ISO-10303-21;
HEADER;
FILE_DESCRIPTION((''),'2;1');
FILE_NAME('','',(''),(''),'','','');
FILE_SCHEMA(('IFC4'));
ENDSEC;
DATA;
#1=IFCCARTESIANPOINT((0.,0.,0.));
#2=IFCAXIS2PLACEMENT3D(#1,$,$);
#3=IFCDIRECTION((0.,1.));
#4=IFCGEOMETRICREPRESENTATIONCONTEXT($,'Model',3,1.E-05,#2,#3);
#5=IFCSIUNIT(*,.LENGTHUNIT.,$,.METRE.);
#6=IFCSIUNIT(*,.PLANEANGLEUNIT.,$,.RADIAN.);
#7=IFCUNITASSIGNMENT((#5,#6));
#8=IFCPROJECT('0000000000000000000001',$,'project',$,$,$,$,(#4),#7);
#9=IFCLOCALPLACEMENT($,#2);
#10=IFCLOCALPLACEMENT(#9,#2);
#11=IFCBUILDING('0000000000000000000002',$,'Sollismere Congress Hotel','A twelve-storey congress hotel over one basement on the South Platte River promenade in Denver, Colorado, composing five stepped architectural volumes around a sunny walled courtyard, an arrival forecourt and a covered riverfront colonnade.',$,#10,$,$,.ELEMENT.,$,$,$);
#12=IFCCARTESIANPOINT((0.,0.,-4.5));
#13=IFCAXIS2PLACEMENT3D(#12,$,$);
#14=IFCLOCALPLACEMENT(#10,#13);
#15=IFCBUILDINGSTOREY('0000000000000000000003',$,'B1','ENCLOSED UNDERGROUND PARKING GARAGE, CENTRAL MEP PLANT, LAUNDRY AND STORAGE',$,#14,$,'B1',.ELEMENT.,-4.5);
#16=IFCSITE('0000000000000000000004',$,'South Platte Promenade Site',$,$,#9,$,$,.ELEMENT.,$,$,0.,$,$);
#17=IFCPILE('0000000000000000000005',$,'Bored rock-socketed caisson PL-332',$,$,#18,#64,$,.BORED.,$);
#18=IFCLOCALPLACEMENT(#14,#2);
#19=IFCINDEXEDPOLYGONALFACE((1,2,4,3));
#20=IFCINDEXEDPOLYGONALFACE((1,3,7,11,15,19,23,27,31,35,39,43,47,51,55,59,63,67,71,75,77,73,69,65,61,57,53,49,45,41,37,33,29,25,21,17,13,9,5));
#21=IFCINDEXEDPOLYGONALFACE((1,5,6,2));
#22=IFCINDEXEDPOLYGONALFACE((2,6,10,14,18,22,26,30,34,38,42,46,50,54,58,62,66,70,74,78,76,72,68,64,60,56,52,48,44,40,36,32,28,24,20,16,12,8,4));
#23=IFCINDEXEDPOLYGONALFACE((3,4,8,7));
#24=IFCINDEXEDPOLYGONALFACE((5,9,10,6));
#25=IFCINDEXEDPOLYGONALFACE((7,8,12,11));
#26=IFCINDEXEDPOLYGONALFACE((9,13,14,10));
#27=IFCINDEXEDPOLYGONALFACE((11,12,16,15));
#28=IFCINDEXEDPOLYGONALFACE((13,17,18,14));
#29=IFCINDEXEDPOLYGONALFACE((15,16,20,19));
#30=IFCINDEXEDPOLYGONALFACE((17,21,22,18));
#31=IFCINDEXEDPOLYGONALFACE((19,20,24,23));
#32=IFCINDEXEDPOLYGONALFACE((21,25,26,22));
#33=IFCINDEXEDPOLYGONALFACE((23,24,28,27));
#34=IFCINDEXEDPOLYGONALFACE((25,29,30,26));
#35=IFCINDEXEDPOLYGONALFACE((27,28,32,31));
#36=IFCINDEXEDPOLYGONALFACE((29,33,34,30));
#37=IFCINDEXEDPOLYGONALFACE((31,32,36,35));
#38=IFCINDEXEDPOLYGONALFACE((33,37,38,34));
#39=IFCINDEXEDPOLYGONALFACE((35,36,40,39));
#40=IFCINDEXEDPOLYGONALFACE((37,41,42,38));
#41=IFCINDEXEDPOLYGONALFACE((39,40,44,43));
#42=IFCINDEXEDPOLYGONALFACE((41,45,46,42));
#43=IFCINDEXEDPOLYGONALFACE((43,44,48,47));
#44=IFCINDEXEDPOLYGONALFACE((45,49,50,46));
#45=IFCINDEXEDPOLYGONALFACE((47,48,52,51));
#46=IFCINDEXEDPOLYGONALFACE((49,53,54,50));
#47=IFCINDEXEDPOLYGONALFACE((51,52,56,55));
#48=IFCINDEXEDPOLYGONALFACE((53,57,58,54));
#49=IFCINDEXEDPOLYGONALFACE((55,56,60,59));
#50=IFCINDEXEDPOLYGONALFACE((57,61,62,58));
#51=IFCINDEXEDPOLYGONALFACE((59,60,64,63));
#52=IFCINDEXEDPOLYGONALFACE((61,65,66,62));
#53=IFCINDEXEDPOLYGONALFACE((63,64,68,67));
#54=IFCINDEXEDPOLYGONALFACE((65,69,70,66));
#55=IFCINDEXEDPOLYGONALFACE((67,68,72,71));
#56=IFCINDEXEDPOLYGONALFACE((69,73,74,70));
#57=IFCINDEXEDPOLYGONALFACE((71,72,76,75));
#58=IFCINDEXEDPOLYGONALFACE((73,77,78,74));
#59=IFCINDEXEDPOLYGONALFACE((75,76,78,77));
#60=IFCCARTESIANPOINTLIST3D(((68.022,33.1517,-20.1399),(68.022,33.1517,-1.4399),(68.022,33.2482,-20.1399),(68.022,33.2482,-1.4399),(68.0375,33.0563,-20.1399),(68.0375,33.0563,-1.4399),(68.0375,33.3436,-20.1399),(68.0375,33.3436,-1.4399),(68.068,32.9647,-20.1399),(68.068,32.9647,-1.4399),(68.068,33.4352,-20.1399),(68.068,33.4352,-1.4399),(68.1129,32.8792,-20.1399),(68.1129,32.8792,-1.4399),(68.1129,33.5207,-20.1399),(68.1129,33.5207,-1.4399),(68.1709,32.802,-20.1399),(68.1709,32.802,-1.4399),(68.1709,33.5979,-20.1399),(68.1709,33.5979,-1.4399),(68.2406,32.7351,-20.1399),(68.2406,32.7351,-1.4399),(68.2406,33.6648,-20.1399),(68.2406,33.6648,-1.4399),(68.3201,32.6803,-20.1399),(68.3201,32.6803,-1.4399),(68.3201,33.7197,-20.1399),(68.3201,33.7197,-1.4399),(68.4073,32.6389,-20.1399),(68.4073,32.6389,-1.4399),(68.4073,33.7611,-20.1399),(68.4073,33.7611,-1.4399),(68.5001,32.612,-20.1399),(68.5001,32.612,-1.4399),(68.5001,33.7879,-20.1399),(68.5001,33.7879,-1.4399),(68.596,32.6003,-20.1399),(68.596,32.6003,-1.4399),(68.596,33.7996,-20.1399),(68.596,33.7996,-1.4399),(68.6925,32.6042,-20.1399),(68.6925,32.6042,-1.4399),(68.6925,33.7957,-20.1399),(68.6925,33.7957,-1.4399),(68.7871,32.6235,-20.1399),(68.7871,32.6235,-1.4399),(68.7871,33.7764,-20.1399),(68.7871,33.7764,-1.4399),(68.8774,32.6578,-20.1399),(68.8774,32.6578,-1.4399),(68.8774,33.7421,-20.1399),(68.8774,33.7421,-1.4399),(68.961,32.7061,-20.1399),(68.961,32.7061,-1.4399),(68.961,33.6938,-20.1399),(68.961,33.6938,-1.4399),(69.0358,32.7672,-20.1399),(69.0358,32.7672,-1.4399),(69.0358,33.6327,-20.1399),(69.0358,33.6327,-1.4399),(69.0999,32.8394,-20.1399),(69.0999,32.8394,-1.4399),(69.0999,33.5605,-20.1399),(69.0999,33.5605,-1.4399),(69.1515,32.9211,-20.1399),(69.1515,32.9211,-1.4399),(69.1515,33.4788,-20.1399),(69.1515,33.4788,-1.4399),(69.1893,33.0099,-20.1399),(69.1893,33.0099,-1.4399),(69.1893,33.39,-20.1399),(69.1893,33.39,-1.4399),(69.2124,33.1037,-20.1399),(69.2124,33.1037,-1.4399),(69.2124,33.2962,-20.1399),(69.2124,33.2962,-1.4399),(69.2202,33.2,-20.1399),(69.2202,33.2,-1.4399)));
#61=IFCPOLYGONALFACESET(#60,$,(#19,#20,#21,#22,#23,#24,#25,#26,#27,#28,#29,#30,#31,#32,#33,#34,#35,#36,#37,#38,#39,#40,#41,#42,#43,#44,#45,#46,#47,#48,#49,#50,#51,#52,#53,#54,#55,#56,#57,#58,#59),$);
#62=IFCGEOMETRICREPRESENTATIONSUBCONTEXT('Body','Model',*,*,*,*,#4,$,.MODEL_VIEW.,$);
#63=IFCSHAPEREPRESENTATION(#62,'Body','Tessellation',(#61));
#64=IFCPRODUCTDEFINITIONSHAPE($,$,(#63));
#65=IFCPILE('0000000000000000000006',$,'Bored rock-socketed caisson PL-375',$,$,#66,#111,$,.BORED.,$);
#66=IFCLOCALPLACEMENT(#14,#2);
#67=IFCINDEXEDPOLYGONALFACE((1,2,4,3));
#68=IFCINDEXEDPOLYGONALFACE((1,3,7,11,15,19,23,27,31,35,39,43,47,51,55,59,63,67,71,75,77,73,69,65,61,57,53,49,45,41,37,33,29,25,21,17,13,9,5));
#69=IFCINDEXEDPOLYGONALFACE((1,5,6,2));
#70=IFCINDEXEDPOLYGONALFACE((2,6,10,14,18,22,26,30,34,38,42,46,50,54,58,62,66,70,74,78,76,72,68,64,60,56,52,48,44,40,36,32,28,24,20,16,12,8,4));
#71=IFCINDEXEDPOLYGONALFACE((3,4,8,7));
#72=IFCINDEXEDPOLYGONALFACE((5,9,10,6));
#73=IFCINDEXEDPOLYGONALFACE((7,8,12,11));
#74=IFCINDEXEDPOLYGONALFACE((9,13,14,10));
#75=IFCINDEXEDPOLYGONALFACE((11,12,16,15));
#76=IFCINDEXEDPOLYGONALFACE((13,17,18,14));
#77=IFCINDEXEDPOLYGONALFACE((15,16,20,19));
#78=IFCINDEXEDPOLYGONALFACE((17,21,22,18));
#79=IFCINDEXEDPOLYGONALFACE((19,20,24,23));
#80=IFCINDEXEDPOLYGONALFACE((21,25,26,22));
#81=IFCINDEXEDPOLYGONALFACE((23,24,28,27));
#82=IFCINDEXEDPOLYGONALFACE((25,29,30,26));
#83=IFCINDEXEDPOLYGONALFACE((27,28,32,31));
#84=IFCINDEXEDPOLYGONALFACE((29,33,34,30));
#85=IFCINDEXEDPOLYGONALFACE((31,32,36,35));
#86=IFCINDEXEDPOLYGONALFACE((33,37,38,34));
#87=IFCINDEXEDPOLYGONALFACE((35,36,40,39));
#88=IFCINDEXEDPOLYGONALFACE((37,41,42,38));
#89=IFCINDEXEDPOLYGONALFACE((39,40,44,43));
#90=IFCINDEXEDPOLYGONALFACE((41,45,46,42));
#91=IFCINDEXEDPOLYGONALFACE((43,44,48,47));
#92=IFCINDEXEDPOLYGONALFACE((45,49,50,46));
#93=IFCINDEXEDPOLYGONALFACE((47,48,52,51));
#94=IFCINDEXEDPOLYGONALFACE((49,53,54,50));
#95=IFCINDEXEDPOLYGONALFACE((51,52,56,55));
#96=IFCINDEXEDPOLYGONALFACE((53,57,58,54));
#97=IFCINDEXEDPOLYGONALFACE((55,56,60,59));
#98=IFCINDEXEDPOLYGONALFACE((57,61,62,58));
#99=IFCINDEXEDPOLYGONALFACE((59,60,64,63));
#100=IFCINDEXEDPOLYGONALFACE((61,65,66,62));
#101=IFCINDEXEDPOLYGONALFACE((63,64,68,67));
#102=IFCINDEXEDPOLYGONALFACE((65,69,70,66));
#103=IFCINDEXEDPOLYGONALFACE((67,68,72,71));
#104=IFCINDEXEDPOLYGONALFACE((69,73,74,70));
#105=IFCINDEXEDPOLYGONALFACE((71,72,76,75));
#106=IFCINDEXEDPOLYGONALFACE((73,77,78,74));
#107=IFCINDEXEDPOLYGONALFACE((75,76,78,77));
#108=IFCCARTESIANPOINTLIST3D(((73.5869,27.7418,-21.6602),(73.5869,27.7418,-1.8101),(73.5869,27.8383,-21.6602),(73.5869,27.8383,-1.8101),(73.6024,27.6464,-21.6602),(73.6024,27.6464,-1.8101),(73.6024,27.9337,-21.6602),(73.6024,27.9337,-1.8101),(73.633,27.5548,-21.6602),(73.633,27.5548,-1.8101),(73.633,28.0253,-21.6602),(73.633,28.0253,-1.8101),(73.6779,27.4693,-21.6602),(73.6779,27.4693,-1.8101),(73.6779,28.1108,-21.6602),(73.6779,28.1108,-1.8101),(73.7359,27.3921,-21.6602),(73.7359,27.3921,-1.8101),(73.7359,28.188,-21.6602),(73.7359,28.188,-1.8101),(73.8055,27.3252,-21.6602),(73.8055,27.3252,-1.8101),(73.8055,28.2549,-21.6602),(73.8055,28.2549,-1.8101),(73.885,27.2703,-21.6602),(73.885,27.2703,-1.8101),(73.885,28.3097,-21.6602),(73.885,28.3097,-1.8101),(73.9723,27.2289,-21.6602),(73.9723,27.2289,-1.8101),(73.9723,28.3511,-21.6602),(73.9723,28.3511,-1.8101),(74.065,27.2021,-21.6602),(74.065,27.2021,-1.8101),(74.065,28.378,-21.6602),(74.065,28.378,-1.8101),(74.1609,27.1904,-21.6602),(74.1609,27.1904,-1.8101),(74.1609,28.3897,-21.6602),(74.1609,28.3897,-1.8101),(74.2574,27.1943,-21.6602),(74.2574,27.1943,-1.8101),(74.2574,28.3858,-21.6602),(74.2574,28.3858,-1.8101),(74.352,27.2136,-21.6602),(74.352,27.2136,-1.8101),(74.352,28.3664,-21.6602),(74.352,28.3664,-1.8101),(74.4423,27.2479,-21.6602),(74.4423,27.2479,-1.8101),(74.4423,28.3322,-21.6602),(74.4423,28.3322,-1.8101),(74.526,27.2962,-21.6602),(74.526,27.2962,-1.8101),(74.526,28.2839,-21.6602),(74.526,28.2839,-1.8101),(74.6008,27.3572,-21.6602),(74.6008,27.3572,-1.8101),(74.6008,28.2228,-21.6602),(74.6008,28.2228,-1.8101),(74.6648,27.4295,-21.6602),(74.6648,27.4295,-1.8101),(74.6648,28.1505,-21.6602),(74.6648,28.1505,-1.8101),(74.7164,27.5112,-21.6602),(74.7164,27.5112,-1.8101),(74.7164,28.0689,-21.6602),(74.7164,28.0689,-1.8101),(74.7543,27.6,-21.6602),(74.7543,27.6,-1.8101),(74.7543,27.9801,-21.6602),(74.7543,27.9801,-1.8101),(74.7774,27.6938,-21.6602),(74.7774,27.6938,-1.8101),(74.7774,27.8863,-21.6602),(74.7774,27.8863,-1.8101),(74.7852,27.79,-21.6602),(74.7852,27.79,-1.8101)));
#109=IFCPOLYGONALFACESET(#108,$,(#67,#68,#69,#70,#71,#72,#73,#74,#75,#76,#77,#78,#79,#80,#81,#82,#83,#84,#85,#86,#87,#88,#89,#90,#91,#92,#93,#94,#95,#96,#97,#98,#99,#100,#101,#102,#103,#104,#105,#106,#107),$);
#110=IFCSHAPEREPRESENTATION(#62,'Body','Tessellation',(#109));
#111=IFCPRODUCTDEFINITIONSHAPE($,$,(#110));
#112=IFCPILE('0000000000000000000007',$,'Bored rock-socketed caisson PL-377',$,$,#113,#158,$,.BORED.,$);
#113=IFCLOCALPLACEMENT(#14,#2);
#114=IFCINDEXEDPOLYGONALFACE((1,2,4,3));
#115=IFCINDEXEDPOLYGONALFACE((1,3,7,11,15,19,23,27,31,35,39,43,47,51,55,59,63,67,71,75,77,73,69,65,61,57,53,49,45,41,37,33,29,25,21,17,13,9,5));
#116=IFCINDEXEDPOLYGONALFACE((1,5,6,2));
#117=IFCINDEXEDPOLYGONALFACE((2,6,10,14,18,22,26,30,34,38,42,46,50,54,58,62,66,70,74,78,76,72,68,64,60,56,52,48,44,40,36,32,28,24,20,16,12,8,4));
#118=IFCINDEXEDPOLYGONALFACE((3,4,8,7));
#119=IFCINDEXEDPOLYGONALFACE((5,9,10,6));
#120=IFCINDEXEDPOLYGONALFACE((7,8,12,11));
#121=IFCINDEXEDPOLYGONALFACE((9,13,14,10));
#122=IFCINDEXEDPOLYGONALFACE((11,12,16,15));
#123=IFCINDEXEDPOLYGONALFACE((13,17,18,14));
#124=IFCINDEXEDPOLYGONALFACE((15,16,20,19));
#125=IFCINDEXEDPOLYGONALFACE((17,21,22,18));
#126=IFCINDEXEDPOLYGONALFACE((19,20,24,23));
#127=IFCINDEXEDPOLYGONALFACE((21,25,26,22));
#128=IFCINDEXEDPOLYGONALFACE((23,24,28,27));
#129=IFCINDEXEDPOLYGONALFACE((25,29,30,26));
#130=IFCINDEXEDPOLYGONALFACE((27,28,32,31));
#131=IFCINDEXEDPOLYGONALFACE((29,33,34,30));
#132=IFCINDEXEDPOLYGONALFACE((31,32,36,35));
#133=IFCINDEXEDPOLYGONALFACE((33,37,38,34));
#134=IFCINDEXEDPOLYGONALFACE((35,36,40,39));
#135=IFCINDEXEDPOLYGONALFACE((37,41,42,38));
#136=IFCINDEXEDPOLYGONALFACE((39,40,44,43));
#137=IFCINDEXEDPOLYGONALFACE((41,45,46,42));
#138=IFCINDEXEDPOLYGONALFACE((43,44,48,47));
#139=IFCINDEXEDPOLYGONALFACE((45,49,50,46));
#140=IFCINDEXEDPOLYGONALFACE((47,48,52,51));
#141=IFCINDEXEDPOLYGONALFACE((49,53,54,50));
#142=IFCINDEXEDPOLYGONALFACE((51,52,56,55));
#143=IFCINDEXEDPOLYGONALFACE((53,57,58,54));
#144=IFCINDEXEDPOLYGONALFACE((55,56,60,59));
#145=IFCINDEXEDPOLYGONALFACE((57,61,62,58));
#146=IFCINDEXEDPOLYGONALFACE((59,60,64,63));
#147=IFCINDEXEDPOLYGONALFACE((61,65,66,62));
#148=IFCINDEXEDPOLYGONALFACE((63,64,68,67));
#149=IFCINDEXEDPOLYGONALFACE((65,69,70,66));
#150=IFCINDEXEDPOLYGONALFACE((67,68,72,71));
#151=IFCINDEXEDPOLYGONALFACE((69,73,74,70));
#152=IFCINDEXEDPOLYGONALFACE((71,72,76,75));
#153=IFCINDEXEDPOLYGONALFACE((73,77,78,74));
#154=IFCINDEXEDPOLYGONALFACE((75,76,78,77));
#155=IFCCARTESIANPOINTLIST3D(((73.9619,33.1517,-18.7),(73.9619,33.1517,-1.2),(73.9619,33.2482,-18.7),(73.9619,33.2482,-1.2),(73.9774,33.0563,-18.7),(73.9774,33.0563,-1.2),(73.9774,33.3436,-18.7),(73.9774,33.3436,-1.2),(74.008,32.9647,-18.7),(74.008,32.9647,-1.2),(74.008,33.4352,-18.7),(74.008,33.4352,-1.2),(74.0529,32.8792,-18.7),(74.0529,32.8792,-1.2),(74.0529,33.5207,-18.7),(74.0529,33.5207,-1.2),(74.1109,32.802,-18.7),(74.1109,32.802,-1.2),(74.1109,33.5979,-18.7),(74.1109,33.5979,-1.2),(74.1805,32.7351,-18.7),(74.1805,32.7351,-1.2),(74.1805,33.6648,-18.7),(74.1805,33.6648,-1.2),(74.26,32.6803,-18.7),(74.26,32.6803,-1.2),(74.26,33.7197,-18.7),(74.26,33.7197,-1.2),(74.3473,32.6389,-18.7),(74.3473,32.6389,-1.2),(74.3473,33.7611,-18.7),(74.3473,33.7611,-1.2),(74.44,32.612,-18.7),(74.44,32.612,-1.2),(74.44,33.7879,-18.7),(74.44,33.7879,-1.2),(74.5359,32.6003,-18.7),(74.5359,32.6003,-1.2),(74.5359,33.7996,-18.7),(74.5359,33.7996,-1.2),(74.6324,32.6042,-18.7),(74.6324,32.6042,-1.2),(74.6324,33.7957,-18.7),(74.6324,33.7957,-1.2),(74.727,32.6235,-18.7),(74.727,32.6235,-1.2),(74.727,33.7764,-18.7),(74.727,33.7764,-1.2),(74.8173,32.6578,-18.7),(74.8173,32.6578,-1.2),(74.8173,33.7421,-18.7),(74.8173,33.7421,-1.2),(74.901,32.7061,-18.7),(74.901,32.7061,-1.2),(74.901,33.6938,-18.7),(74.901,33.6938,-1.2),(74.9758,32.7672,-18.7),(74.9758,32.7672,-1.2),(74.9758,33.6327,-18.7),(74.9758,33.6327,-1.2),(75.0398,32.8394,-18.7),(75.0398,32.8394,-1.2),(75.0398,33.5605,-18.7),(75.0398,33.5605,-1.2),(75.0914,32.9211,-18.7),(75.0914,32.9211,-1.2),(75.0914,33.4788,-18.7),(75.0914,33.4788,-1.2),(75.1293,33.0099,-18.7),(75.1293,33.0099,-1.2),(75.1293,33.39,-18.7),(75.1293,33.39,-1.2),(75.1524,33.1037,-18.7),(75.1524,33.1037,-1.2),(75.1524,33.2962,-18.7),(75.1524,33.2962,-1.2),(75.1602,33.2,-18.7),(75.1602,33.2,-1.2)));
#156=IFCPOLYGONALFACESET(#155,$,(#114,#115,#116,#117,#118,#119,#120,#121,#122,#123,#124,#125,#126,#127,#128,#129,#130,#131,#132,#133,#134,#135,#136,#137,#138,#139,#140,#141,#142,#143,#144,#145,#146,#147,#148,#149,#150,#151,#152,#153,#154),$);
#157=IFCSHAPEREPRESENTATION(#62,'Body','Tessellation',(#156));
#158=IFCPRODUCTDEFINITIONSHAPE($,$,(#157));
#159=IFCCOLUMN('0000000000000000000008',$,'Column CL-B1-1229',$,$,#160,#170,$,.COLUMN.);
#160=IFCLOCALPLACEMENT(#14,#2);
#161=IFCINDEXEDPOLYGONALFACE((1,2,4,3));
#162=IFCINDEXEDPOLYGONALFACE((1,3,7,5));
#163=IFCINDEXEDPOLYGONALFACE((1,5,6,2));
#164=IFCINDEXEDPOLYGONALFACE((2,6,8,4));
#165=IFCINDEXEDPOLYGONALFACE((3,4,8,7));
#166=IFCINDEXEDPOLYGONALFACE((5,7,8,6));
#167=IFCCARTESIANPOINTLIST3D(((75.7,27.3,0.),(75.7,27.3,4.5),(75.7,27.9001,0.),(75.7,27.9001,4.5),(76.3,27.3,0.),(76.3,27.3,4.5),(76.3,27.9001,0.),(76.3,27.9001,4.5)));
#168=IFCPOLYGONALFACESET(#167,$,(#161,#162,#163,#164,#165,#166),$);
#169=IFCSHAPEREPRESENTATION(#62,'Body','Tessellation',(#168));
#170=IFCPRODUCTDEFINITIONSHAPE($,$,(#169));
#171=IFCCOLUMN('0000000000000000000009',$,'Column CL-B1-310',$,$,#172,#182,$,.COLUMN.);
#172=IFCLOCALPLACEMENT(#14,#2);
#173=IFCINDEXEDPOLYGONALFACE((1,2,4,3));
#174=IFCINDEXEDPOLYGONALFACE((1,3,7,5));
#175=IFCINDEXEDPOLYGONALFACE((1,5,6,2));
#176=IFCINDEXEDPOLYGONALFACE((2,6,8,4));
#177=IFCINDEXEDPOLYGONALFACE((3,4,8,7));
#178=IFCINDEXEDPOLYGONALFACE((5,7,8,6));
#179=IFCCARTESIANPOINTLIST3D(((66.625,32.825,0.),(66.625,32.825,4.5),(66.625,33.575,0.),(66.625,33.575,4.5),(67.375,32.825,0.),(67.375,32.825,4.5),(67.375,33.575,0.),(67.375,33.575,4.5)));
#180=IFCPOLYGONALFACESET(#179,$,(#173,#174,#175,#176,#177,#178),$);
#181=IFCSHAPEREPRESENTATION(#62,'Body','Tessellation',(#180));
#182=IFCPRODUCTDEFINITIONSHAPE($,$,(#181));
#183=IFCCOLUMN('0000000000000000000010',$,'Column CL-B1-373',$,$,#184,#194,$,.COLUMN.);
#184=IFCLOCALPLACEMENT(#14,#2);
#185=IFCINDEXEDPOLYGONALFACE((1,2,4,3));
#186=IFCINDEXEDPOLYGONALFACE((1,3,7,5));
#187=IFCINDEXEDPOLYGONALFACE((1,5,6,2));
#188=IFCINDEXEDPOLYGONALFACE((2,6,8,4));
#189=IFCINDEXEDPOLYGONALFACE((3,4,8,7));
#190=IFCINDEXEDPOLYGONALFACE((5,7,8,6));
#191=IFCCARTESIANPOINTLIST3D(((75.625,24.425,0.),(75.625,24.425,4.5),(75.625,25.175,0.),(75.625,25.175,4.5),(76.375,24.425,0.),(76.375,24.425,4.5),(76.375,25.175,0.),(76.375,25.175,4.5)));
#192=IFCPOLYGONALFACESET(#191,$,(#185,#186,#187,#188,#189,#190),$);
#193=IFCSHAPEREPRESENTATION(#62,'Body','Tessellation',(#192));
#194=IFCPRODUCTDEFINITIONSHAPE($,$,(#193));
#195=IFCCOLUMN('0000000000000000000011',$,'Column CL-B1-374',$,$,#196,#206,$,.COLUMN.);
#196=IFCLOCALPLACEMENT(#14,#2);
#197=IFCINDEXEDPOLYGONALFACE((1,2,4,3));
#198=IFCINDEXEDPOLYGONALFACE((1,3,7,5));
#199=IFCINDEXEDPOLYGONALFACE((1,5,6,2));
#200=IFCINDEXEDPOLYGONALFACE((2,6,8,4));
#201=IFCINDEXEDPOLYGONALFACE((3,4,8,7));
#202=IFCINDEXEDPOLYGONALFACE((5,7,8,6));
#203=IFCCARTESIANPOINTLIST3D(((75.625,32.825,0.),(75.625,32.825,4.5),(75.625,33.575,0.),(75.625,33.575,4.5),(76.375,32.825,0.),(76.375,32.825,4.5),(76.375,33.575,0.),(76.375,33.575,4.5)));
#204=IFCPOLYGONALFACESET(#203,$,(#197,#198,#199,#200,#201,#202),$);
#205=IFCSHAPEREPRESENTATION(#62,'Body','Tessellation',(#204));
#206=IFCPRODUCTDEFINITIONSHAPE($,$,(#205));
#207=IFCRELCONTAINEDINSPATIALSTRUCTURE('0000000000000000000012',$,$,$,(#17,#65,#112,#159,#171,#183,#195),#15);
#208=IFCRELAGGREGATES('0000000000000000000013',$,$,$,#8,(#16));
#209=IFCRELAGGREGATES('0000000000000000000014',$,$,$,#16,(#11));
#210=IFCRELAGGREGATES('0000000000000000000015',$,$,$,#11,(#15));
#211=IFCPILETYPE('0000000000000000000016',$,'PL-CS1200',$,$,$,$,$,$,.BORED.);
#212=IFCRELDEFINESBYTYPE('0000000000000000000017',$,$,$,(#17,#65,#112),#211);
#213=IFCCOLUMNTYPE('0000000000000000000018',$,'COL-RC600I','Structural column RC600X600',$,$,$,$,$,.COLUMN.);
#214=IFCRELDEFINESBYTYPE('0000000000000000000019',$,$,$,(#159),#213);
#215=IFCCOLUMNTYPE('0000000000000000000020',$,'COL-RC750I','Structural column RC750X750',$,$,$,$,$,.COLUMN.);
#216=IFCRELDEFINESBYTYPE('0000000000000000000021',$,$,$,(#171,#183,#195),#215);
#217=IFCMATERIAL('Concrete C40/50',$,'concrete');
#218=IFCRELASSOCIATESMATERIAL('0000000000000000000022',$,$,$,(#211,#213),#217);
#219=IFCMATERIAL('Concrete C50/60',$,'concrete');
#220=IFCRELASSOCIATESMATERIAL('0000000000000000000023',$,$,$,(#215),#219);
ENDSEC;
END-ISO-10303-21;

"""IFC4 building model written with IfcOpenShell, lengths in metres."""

from ifc_helpers import new_model, si_unit, direction, frame, origin, origin_2d, place, context, subcontext, project, spatial, rectangle, circle, extrude, material, material_profile, profile_set, type_object, element, save


model = new_model("IFC4")

# Units and contexts
model_context = context("Model", 3, precision=1e-05, world=origin(), true_north=direction((0.0, 1.0)))
body_context = subcontext(model_context, "Body", "Model", "MODEL_VIEW")
ifc_project = project(units=[si_unit("LENGTHUNIT", "METRE"), si_unit("PLANEANGLEUNIT", "RADIAN")], contexts=[model_context])

# Site, building, storey
site_placement = place(None, origin())
site = spatial("IfcSite", under=ifc_project, at=site_placement, Name="South Platte Promenade Site", CompositionType="ELEMENT", RefElevation=0.0)
building_placement = place(site_placement, origin())
building = spatial("IfcBuilding", under=site, at=building_placement, Name="Sollismere Congress Hotel", Description="A twelve-storey congress hotel over one basement on the South Platte River promenade in Denver, Colorado, composing five stepped architectural volumes around a sunny walled courtyard, an arrival forecourt and a covered riverfront colonnade.", CompositionType="ELEMENT")
storey_placement = place(building_placement, frame((0.0, 0.0, -4.5)))
storey = spatial("IfcBuildingStorey", under=building, at=storey_placement, Name="B1", Description="ENCLOSED UNDERGROUND PARKING GARAGE, CENTRAL MEP PLANT, LAUNDRY AND STORAGE", LongName="B1", CompositionType="ELEMENT", Elevation=-4.5)

# Shared definitions
ifc_material_1 = material(Name="Concrete C40/50", Category="concrete")

# Piles
ifc_material_profile_1 = material_profile(ifc_material_1, circle(Radius=0.6001, at=origin_2d()), Name="CAISSON1200")
ifc_profile_set_1 = profile_set([ifc_material_profile_1], Name="Concrete C40/50")
pile_type = type_object("IfcPileType", Name="PL-CS1200", PredefinedType="BORED", material=ifc_profile_set_1)
pile_1_placement = place(storey_placement, frame((68.6201, 33.2, -1.4399), z_axis=(0.0, 0.0, -1.0), x_axis=(1.0, 0.0, 0.0)))
element("IfcPile", 1, at=pile_1_placement, inside=storey, type_object=pile_type, Name="Bored rock-socketed caisson PL-332", PredefinedType="BORED", context=body_context, shape_type="SweptSolid", body=[
    extrude(circle(Radius=0.6001, at=origin_2d()), origin(), (0.0, 0.0, 1.0), 18.7),
])
pile_2_placement = place(storey_placement, frame((74.1851, 27.79, -1.8101), z_axis=(0.0, 0.0, -1.0), x_axis=(1.0, 0.0, 0.0)))
element("IfcPile", 2, at=pile_2_placement, inside=storey, type_object=pile_type, Name="Bored rock-socketed caisson PL-375", PredefinedType="BORED", context=body_context, shape_type="SweptSolid", body=[
    extrude(circle(Radius=0.6001, at=origin_2d()), origin(), (0.0, 0.0, 1.0), 19.8501),
])
pile_3_placement = place(storey_placement, frame((74.5601, 33.2, -1.2), z_axis=(0.0, 0.0, -1.0), x_axis=(1.0, 0.0, 0.0)))
element("IfcPile", 3, at=pile_3_placement, inside=storey, type_object=pile_type, Name="Bored rock-socketed caisson PL-377", PredefinedType="BORED", context=body_context, shape_type="SweptSolid", body=[
    extrude(circle(Radius=0.6001, at=origin_2d()), origin(), (0.0, 0.0, 1.0), 17.5),
])

# Columns
ifc_material_profile_2 = material_profile(ifc_material_1, rectangle(XDim=0.6001, YDim=0.6001, at=origin_2d()), Name="RC600X600")
ifc_profile_set_2 = profile_set([ifc_material_profile_2], Name="Concrete C40/50")
column_type_1 = type_object("IfcColumnType", Name="COL-RC600I", Description="Structural column RC600X600", PredefinedType="COLUMN", material=ifc_profile_set_2)
column_placement = place(storey_placement, frame((76.0, 27.6001, 0.0), z_axis=(0.0, 0.0, 1.0), x_axis=(1.0, 0.0, 0.0)))
element("IfcColumn", 4, at=column_placement, inside=storey, type_object=column_type_1, Name="Column CL-B1-1229", PredefinedType="COLUMN", context=body_context, shape_type="SweptSolid", body=[
    extrude(rectangle(XDim=0.6001, YDim=0.6001, at=origin_2d()), origin(), (0.0, 0.0, 1.0), 4.5),
])
ifc_material_2 = material(Name="Concrete C50/60", Category="concrete")
ifc_material_profile_3 = material_profile(ifc_material_2, rectangle(XDim=0.75, YDim=0.75, at=origin_2d()), Name="RC750X750")
ifc_profile_set_3 = profile_set([ifc_material_profile_3], Name="Concrete C50/60")
column_type_2 = type_object("IfcColumnType", Name="COL-RC750I", Description="Structural column RC750X750", PredefinedType="COLUMN", material=ifc_profile_set_3)
for number, where, z_axis, x_axis, name in (
    (5, (67.0, 33.2, 0.0), (0.0, 0.0, 1.0), (1.0, 0.0, 0.0), "Column CL-B1-310"),
    (6, (76.0, 24.8, 0.0), (0.0, 0.0, 1.0), (0.0, 1.0, 0.0), "Column CL-B1-373"),
    (7, (76.0, 33.2, 0.0), (0.0, 0.0, 1.0), (1.0, 0.0, 0.0), "Column CL-B1-374"),
):
    element("IfcColumn", number, at=place(storey_placement, frame(where, z_axis=z_axis, x_axis=x_axis)), inside=storey, type_object=column_type_2, Name=name, PredefinedType="COLUMN", context=body_context, shape_type="SweptSolid", body=[
        extrude(rectangle(XDim=0.75, YDim=0.75, at=origin_2d()), origin(), (0.0, 0.0, 1.0), 4.5),
    ])

save(model, "model.ifc")
